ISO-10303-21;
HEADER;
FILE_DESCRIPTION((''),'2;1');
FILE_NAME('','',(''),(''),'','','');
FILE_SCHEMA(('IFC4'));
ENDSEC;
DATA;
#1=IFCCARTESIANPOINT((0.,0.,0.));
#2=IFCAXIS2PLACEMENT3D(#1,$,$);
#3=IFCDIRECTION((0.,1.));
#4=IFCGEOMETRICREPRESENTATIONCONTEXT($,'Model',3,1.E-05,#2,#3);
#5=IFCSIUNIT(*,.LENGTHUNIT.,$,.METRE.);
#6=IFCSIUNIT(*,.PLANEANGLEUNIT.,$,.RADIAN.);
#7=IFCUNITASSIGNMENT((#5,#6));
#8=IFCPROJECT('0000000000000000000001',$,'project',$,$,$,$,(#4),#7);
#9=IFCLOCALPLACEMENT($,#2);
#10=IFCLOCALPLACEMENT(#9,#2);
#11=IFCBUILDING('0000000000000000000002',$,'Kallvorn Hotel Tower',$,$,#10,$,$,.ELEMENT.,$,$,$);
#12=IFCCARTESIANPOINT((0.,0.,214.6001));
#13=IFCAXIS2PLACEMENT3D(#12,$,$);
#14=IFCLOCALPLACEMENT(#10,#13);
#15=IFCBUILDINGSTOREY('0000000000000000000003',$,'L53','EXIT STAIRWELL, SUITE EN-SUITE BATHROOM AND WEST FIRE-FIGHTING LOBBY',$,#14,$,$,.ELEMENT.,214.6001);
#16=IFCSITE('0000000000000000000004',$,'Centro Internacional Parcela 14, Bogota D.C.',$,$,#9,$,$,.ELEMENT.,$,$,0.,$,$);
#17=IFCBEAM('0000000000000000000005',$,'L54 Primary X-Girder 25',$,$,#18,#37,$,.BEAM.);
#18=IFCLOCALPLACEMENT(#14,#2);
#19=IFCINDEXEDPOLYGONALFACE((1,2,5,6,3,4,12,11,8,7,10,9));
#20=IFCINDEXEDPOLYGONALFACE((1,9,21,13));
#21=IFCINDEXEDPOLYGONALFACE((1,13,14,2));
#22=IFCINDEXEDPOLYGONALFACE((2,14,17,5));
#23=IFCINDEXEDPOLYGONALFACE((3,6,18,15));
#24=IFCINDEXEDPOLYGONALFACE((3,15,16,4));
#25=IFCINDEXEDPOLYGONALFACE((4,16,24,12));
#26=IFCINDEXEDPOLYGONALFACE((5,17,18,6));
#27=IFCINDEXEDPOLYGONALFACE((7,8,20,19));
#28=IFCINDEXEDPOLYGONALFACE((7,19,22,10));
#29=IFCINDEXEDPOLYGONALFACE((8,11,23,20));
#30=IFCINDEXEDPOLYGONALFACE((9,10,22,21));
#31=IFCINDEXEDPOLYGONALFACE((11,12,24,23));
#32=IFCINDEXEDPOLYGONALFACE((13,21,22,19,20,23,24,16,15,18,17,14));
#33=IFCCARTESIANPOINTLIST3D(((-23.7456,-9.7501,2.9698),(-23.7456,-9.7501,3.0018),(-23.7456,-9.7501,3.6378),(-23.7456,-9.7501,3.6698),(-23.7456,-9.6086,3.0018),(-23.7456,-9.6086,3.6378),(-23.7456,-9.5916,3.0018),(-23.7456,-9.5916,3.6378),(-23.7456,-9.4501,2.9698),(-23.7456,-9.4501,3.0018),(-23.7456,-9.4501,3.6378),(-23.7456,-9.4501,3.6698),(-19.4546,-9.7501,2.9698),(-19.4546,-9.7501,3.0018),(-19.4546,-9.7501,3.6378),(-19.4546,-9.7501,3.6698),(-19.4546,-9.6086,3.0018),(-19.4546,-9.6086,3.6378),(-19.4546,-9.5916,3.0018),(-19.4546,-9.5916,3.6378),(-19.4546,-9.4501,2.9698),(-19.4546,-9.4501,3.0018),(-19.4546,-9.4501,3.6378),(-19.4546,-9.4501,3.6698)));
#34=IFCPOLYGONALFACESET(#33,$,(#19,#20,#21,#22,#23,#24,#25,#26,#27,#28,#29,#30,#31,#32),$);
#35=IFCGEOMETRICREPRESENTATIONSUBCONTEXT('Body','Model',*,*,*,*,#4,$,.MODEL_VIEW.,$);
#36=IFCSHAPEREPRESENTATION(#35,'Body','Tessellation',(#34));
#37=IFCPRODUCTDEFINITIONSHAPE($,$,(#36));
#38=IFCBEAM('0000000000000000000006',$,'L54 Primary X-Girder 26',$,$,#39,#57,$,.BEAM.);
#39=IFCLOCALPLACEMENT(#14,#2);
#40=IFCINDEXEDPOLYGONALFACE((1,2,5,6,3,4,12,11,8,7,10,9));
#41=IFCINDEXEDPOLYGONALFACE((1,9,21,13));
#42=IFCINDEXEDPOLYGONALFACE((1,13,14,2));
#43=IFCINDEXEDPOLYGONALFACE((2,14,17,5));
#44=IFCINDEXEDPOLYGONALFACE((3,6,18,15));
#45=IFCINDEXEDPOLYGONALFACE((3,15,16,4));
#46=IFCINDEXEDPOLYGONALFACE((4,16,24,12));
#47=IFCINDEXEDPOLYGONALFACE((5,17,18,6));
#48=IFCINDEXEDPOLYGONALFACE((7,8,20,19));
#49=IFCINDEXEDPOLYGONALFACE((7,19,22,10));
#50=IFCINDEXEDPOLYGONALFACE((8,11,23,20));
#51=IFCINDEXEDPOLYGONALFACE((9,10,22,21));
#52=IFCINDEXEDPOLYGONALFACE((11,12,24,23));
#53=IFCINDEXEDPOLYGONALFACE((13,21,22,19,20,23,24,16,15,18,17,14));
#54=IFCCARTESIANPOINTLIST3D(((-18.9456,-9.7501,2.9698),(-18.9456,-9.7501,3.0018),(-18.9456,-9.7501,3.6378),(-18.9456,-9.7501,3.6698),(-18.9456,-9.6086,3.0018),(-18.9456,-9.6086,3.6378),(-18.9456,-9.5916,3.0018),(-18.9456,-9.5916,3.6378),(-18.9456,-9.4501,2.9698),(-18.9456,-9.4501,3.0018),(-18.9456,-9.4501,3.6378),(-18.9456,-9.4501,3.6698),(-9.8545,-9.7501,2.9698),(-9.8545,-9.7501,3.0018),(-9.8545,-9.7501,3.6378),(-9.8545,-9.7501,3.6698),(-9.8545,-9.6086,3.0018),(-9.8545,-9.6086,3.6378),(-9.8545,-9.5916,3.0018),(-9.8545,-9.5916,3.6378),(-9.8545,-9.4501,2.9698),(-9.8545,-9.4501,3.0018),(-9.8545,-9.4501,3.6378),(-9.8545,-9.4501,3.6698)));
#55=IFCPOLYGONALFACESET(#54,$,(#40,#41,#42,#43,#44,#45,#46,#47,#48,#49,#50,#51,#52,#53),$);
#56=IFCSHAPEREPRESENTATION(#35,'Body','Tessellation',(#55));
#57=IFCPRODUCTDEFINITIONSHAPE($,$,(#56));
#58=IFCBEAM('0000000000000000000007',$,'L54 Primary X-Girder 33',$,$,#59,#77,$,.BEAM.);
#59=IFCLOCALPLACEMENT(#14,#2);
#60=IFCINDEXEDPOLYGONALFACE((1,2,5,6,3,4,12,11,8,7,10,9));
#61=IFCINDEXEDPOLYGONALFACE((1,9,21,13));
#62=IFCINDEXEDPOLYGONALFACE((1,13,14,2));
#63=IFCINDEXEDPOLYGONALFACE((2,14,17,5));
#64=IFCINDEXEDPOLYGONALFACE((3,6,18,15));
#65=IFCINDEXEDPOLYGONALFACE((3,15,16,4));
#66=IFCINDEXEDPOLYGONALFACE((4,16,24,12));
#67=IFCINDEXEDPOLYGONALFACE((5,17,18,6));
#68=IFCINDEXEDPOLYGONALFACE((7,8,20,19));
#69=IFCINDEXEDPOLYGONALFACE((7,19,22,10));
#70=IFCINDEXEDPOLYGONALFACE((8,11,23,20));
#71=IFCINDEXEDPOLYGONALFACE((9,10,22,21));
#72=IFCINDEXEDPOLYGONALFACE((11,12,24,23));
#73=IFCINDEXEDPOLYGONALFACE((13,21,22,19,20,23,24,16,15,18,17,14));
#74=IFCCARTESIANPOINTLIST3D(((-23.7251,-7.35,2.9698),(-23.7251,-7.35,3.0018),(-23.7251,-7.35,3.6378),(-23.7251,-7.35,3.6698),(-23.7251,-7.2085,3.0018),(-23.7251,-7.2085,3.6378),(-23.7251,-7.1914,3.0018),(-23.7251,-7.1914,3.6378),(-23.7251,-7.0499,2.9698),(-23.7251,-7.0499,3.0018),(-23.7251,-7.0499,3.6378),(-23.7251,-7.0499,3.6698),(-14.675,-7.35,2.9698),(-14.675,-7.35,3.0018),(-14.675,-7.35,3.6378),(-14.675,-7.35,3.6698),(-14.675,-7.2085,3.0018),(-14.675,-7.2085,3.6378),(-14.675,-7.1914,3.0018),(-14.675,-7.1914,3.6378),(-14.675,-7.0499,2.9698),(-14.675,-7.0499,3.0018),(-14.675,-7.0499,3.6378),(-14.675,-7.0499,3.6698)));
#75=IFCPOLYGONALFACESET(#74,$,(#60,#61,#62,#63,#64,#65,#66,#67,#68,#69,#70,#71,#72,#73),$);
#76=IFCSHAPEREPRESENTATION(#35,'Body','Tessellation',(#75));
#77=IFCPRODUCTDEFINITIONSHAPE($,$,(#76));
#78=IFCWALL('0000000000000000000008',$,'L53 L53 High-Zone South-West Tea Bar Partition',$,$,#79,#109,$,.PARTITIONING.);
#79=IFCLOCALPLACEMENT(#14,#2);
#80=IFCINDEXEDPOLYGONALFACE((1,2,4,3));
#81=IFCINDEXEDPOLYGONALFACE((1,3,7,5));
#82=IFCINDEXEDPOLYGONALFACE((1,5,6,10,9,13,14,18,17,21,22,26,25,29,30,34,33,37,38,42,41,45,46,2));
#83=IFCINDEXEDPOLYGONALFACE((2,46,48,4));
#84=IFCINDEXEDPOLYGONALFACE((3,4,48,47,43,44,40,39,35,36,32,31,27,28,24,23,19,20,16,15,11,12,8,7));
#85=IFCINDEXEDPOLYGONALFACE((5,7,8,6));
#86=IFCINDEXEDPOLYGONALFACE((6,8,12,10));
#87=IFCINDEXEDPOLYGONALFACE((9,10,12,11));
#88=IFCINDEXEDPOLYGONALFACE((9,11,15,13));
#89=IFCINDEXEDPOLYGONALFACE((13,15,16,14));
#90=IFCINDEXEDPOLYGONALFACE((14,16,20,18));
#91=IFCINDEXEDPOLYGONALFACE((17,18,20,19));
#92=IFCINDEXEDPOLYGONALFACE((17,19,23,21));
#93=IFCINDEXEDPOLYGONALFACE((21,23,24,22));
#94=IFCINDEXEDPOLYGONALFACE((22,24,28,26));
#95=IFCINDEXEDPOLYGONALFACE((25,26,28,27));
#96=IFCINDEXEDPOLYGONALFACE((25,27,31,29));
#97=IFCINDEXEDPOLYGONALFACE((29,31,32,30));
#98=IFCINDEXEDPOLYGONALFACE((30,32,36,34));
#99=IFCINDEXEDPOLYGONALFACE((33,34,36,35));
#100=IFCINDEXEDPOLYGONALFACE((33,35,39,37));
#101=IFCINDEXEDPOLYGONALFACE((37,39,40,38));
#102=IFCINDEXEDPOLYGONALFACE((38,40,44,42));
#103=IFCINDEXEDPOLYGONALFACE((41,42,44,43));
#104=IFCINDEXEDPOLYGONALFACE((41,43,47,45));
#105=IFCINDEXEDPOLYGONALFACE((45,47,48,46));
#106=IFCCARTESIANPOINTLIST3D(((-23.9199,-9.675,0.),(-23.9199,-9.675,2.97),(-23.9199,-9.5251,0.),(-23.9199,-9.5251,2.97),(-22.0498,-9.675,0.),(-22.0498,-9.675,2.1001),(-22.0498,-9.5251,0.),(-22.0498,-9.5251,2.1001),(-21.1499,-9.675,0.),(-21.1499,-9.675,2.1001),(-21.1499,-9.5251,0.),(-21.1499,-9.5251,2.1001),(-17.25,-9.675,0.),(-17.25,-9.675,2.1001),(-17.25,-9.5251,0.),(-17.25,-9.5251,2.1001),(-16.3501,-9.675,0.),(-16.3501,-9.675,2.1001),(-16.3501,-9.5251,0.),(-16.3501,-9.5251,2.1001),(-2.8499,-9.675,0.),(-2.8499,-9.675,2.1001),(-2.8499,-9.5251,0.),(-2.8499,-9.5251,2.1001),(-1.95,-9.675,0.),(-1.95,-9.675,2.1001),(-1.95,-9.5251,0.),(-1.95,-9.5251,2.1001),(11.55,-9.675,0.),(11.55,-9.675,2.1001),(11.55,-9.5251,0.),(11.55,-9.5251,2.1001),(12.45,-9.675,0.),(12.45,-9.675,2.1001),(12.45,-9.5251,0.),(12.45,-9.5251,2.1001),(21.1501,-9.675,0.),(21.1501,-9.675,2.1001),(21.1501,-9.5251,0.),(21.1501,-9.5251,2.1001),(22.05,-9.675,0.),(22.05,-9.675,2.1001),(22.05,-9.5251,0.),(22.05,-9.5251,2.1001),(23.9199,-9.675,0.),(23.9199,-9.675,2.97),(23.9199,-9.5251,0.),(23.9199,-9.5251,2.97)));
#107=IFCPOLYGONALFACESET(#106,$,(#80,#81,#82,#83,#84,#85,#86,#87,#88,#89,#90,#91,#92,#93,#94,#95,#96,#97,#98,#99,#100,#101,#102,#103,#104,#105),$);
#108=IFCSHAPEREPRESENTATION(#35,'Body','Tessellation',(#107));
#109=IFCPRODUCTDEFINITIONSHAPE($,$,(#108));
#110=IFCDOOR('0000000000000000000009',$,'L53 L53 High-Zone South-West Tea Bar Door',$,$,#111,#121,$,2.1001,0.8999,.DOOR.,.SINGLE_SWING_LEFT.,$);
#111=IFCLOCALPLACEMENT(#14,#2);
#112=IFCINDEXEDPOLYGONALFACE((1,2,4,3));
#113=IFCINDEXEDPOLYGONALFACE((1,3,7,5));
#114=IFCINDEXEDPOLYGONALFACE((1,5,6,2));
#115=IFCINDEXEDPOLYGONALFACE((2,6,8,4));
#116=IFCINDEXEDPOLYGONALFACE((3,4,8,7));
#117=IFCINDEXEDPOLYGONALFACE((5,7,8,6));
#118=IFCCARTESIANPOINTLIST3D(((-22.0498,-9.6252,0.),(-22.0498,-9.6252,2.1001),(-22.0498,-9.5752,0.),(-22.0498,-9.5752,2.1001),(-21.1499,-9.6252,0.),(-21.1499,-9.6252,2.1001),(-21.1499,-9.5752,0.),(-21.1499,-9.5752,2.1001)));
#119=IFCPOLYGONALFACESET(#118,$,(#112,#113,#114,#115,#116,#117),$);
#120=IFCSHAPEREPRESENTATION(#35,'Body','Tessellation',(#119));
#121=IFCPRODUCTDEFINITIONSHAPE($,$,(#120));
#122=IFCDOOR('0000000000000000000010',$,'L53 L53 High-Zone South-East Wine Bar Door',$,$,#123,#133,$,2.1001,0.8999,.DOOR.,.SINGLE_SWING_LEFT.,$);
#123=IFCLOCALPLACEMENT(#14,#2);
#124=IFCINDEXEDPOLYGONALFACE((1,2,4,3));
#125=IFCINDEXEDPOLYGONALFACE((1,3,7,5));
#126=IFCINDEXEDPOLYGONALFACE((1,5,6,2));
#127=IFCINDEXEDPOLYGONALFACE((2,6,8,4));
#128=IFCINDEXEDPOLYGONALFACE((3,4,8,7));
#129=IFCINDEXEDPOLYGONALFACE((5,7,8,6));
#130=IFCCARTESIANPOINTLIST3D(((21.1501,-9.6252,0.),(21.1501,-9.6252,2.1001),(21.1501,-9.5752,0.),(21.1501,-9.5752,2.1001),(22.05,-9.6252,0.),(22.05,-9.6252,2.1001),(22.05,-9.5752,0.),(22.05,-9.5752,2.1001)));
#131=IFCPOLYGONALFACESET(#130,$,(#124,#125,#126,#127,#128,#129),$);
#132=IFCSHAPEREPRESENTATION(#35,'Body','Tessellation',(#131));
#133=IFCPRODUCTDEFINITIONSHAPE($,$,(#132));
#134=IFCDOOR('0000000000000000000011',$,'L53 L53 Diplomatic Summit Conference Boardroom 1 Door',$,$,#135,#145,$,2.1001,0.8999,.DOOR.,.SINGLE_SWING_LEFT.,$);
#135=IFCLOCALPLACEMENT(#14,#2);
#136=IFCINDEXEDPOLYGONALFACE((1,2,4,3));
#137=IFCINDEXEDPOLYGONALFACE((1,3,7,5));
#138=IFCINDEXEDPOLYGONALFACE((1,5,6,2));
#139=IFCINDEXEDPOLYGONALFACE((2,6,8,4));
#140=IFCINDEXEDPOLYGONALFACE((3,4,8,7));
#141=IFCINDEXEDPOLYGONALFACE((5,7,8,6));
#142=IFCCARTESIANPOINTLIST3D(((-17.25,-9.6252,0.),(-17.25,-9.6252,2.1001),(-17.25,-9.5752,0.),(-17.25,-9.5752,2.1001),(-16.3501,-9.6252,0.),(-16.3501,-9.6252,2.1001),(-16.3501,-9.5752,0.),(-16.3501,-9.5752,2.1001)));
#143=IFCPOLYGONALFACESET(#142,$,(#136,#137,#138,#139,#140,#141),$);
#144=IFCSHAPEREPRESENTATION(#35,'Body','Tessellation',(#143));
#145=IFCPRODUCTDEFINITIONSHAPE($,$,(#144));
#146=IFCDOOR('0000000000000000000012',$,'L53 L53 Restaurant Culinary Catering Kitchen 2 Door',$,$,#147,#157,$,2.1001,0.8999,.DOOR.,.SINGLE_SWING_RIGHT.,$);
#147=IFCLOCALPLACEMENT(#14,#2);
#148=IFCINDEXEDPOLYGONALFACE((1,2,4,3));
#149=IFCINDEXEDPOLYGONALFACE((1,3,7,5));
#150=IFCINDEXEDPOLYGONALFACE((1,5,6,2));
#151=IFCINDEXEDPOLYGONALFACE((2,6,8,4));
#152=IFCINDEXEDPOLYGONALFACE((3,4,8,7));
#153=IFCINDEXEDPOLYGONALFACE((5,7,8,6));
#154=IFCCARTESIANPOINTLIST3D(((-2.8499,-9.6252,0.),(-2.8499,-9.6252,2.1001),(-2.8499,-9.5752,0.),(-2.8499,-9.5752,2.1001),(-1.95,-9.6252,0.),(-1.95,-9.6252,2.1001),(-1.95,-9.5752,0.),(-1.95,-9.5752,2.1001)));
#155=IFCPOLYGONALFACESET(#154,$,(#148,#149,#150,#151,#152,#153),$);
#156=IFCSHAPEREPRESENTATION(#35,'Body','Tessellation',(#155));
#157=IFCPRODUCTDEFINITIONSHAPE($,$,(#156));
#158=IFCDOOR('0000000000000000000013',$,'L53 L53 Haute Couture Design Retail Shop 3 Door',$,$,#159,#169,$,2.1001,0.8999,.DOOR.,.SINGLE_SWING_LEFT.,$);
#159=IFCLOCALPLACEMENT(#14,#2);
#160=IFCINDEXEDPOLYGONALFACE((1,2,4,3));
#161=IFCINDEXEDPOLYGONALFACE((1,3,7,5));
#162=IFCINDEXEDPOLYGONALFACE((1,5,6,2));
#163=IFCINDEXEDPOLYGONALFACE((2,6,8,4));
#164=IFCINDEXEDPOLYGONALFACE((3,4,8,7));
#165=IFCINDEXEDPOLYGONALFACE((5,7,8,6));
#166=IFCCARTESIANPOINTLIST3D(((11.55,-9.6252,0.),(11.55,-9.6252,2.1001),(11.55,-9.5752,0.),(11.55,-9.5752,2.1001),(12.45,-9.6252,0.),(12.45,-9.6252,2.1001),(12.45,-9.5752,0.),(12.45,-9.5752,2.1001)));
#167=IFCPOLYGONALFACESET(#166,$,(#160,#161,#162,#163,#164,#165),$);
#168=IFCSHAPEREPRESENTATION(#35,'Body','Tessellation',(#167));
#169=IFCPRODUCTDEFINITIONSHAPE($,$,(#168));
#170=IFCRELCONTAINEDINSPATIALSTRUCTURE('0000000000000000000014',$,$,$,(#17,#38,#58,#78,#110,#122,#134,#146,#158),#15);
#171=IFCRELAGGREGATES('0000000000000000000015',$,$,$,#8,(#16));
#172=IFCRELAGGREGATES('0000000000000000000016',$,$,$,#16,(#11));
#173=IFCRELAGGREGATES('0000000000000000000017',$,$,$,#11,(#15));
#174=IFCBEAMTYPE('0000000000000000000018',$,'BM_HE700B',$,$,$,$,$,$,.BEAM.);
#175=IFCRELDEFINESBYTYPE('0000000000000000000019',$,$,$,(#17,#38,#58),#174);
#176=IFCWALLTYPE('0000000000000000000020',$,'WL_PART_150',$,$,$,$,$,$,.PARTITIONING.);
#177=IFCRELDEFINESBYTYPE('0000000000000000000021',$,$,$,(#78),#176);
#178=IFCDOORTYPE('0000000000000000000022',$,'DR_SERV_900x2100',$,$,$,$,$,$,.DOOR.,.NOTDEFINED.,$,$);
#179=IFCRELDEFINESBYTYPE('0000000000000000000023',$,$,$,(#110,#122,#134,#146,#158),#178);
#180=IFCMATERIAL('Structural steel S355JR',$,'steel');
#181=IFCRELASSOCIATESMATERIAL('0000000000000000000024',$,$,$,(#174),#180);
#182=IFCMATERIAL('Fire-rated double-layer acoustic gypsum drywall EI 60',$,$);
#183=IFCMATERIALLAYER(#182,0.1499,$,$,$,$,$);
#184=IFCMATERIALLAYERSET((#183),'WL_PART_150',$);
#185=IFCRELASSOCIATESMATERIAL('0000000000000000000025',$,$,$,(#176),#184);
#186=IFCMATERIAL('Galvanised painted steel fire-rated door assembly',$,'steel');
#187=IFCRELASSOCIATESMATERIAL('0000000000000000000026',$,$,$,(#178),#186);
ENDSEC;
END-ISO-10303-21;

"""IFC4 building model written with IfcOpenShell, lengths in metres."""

from ifc_helpers import new_model, si_unit, direction, frame, frame_2d, origin, origin_2d, place, context, subcontext, project, spatial, rectangle, i_section, extrude, material, layer, layer_set, material_profile, profile_set, type_object, element, fill, save


model = new_model("IFC4")

# Units and contexts
model_context = context("Model", 3, precision=1e-05, world=origin(), true_north=direction((0.0, 1.0)))
body_context = subcontext(model_context, "Body", "Model", "MODEL_VIEW")
ifc_project = project(units=[si_unit("LENGTHUNIT", "METRE"), si_unit("PLANEANGLEUNIT", "RADIAN")], contexts=[model_context])

# Site, building, storey
site_placement = place(None, origin())
site = spatial("IfcSite", under=ifc_project, at=site_placement, Name="Centro Internacional Parcela 14, Bogota D.C.", CompositionType="ELEMENT", RefElevation=0.0)
building_placement = place(site_placement, origin())
building = spatial("IfcBuilding", under=site, at=building_placement, Name="Kallvorn Hotel Tower", CompositionType="ELEMENT")
storey_placement = place(building_placement, frame((0.0, 0.0, 214.6001)))
storey = spatial("IfcBuildingStorey", under=building, at=storey_placement, Name="L53", Description="EXIT STAIRWELL, SUITE EN-SUITE BATHROOM AND WEST FIRE-FIGHTING LOBBY", CompositionType="ELEMENT", Elevation=214.6001)

# Beams
ifc_material_1 = material(Name="Structural steel S355JR", Category="steel")
ifc_material_profile_1 = material_profile(ifc_material_1, i_section(OverallWidth=0.3, OverallDepth=0.7, WebThickness=0.0171, FlangeThickness=0.032, at=origin_2d()), Name="HE 700 B")
ifc_profile_set_1 = profile_set([ifc_material_profile_1], Name="Structural steel S355JR")
beam_type_1 = type_object("IfcBeamType", Name="BM_HE700B", PredefinedType="BEAM", material=ifc_profile_set_1)
beam_1_placement = place(storey_placement, frame((-23.7456, -9.6001, 3.3198), z_axis=(1.0, 0.0, 0.0), x_axis=(0.0, 1.0, 0.0)))
element("IfcBeam", 1, at=beam_1_placement, inside=storey, type_object=beam_type_1, Name="L54 Primary X-Girder 25", PredefinedType="BEAM", context=body_context, shape_type="SweptSolid", body=[
    extrude(i_section(OverallWidth=0.3, OverallDepth=0.7, WebThickness=0.0171, FlangeThickness=0.032, at=origin_2d()), origin(), (0.0, 0.0, 1.0), 4.291),
])
beam_2_placement = place(storey_placement, frame((-18.9456, -9.6001, 3.3198), z_axis=(1.0, 0.0, 0.0), x_axis=(0.0, 1.0, 0.0)))
element("IfcBeam", 2, at=beam_2_placement, inside=storey, type_object=beam_type_1, Name="L54 Primary X-Girder 26", PredefinedType="BEAM", context=body_context, shape_type="SweptSolid", body=[
    extrude(i_section(OverallWidth=0.3, OverallDepth=0.7, WebThickness=0.0171, FlangeThickness=0.032, at=origin_2d()), origin(), (0.0, 0.0, 1.0), 9.0911),
])
beam_3_placement = place(storey_placement, frame((-23.7251, -7.2, 3.3198), z_axis=(1.0, 0.0, 0.0), x_axis=(0.0, 1.0, 0.0)))
element("IfcBeam", 3, at=beam_3_placement, inside=storey, type_object=beam_type_1, Name="L54 Primary X-Girder 33", PredefinedType="BEAM", context=body_context, shape_type="SweptSolid", body=[
    extrude(i_section(OverallWidth=0.3, OverallDepth=0.7, WebThickness=0.0171, FlangeThickness=0.032, at=origin_2d()), origin(), (0.0, 0.0, 1.0), 9.05),
])

# Wall, openings, doors
ifc_material_2 = material(Name="Fire-rated double-layer acoustic gypsum drywall EI 60")
ifc_layer = layer(ifc_material_2, 0.1499)
ifc_layer_set = layer_set([ifc_layer], Name="WL_PART_150")
wall_type = type_object("IfcWallType", Name="WL_PART_150", PredefinedType="PARTITIONING", material=ifc_layer_set)
wall_1_placement = place(storey_placement, frame((-23.9199, -9.6001, 0.0), z_axis=(0.0, 0.0, 1.0), x_axis=(1.0, 0.0, 0.0)))
wall_1 = element("IfcWall", 4, at=wall_1_placement, inside=storey, type_object=wall_type, Name="L53 L53 High-Zone South-West Tea Bar Partition", PredefinedType="PARTITIONING", context=body_context, shape_type="SweptSolid", body=[
    extrude(rectangle(XDim=47.8398, YDim=0.1499, at=frame_2d((23.9199, 0.0))), origin(), (0.0, 0.0, 1.0), 2.97),
])
opening_1_placement = place(wall_1_placement, frame((1.8701, 0.0, 0.0)))
opening_1 = element("IfcOpeningElement", 5, at=opening_1_placement, cuts=wall_1, PredefinedType="OPENING", context=body_context, shape_type="SweptSolid", body=[
    extrude(rectangle(XDim=0.8999, YDim=2.1001, at=frame_2d((0.45, 1.05))), frame((0.0, 0.0898, 0.0), z_axis=(0.0, -1.0, 0.0), x_axis=(1.0, 0.0, 0.0)), (0.0, 0.0, 1.0), 0.1799),
])
opening_2_placement = place(wall_1_placement, frame((45.0701, 0.0, 0.0)))
opening_2 = element("IfcOpeningElement", 6, at=opening_2_placement, cuts=wall_1, PredefinedType="OPENING", context=body_context, shape_type="SweptSolid", body=[
    extrude(rectangle(XDim=0.8999, YDim=2.1001, at=frame_2d((0.45, 1.05))), frame((0.0, 0.0898, 0.0), z_axis=(0.0, -1.0, 0.0), x_axis=(1.0, 0.0, 0.0)), (0.0, 0.0, 1.0), 0.1799),
])
opening_3_placement = place(wall_1_placement, frame((6.6699, 0.0, 0.0)))
opening_3 = element("IfcOpeningElement", 7, at=opening_3_placement, cuts=wall_1, PredefinedType="OPENING", context=body_context, shape_type="SweptSolid", body=[
    extrude(rectangle(XDim=0.8999, YDim=2.1001, at=frame_2d((0.45, 1.05))), frame((0.0, 0.0898, 0.0), z_axis=(0.0, -1.0, 0.0), x_axis=(1.0, 0.0, 0.0)), (0.0, 0.0, 1.0), 0.1799),
])
opening_4_placement = place(wall_1_placement, frame((21.0701, 0.0, 0.0)))
opening_4 = element("IfcOpeningElement", 8, at=opening_4_placement, cuts=wall_1, PredefinedType="OPENING", context=body_context, shape_type="SweptSolid", body=[
    extrude(rectangle(XDim=0.8999, YDim=2.1001, at=frame_2d((0.45, 1.05))), frame((0.0, 0.0898, 0.0), z_axis=(0.0, -1.0, 0.0), x_axis=(1.0, 0.0, 0.0)), (0.0, 0.0, 1.0), 0.1799),
])
opening_5_placement = place(wall_1_placement, frame((35.47, 0.0, 0.0)))
opening_5 = element("IfcOpeningElement", 9, at=opening_5_placement, cuts=wall_1, PredefinedType="OPENING", context=body_context, shape_type="SweptSolid", body=[
    extrude(rectangle(XDim=0.8999, YDim=2.1001, at=frame_2d((0.45, 1.05))), frame((0.0, 0.0898, 0.0), z_axis=(0.0, -1.0, 0.0), x_axis=(1.0, 0.0, 0.0)), (0.0, 0.0, 1.0), 0.1799),
])
ifc_material_3 = material(Name="Galvanised painted steel fire-rated door assembly", Category="steel")
door_type = type_object("IfcDoorType", Name="DR_SERV_900x2100", OperationType="NOTDEFINED", PredefinedType="DOOR", material=ifc_material_3)
door_1_placement = place(opening_1_placement, origin())
door_1 = element("IfcDoor", 10, at=door_1_placement, inside=storey, type_object=door_type, Name="L53 L53 High-Zone South-West Tea Bar Door", OperationType="SINGLE_SWING_LEFT", OverallHeight=2.1001, OverallWidth=0.8999, PredefinedType="DOOR", context=body_context, shape_type="SweptSolid", body=[
    extrude(rectangle(XDim=0.8999, YDim=2.1001, at=frame_2d((0.45, 1.05))), frame((0.0, 0.0249, 0.0), z_axis=(0.0, -1.0, 0.0), x_axis=(1.0, 0.0, 0.0)), (0.0, 0.0, 1.0), 0.05),
])
fill(opening_1, door_1)
door_2_placement = place(opening_2_placement, origin())
door_2 = element("IfcDoor", 11, at=door_2_placement, inside=storey, type_object=door_type, Name="L53 L53 High-Zone South-East Wine Bar Door", OperationType="SINGLE_SWING_LEFT", OverallHeight=2.1001, OverallWidth=0.8999, PredefinedType="DOOR", context=body_context, shape_type="SweptSolid", body=[
    extrude(rectangle(XDim=0.8999, YDim=2.1001, at=frame_2d((0.45, 1.05))), frame((0.0, 0.0249, 0.0), z_axis=(0.0, -1.0, 0.0), x_axis=(1.0, 0.0, 0.0)), (0.0, 0.0, 1.0), 0.05),
])
fill(opening_2, door_2)
door_3_placement = place(opening_3_placement, origin())
door_3 = element("IfcDoor", 12, at=door_3_placement, inside=storey, type_object=door_type, Name="L53 L53 Diplomatic Summit Conference Boardroom 1 Door", OperationType="SINGLE_SWING_LEFT", OverallHeight=2.1001, OverallWidth=0.8999, PredefinedType="DOOR", context=body_context, shape_type="SweptSolid", body=[
    extrude(rectangle(XDim=0.8999, YDim=2.1001, at=frame_2d((0.45, 1.05))), frame((0.0, 0.0249, 0.0), z_axis=(0.0, -1.0, 0.0), x_axis=(1.0, 0.0, 0.0)), (0.0, 0.0, 1.0), 0.05),
])
fill(opening_3, door_3)
door_4_placement = place(opening_4_placement, origin())
door_4 = element("IfcDoor", 13, at=door_4_placement, inside=storey, type_object=door_type, Name="L53 L53 Restaurant Culinary Catering Kitchen 2 Door", OperationType="SINGLE_SWING_RIGHT", OverallHeight=2.1001, OverallWidth=0.8999, PredefinedType="DOOR", context=body_context, shape_type="SweptSolid", body=[
    extrude(rectangle(XDim=0.8999, YDim=2.1001, at=frame_2d((0.45, 1.05))), frame((0.0, 0.0249, 0.0), z_axis=(0.0, -1.0, 0.0), x_axis=(1.0, 0.0, 0.0)), (0.0, 0.0, 1.0), 0.05),
])
fill(opening_4, door_4)
door_5_placement = place(opening_5_placement, origin())
door_5 = element("IfcDoor", 14, at=door_5_placement, inside=storey, type_object=door_type, Name="L53 L53 Haute Couture Design Retail Shop 3 Door", OperationType="SINGLE_SWING_LEFT", OverallHeight=2.1001, OverallWidth=0.8999, PredefinedType="DOOR", context=body_context, shape_type="SweptSolid", body=[
    extrude(rectangle(XDim=0.8999, YDim=2.1001, at=frame_2d((0.45, 1.05))), frame((0.0, 0.0249, 0.0), z_axis=(0.0, -1.0, 0.0), x_axis=(1.0, 0.0, 0.0)), (0.0, 0.0, 1.0), 0.05),
])
fill(opening_5, door_5)

save(model, "model.ifc")
